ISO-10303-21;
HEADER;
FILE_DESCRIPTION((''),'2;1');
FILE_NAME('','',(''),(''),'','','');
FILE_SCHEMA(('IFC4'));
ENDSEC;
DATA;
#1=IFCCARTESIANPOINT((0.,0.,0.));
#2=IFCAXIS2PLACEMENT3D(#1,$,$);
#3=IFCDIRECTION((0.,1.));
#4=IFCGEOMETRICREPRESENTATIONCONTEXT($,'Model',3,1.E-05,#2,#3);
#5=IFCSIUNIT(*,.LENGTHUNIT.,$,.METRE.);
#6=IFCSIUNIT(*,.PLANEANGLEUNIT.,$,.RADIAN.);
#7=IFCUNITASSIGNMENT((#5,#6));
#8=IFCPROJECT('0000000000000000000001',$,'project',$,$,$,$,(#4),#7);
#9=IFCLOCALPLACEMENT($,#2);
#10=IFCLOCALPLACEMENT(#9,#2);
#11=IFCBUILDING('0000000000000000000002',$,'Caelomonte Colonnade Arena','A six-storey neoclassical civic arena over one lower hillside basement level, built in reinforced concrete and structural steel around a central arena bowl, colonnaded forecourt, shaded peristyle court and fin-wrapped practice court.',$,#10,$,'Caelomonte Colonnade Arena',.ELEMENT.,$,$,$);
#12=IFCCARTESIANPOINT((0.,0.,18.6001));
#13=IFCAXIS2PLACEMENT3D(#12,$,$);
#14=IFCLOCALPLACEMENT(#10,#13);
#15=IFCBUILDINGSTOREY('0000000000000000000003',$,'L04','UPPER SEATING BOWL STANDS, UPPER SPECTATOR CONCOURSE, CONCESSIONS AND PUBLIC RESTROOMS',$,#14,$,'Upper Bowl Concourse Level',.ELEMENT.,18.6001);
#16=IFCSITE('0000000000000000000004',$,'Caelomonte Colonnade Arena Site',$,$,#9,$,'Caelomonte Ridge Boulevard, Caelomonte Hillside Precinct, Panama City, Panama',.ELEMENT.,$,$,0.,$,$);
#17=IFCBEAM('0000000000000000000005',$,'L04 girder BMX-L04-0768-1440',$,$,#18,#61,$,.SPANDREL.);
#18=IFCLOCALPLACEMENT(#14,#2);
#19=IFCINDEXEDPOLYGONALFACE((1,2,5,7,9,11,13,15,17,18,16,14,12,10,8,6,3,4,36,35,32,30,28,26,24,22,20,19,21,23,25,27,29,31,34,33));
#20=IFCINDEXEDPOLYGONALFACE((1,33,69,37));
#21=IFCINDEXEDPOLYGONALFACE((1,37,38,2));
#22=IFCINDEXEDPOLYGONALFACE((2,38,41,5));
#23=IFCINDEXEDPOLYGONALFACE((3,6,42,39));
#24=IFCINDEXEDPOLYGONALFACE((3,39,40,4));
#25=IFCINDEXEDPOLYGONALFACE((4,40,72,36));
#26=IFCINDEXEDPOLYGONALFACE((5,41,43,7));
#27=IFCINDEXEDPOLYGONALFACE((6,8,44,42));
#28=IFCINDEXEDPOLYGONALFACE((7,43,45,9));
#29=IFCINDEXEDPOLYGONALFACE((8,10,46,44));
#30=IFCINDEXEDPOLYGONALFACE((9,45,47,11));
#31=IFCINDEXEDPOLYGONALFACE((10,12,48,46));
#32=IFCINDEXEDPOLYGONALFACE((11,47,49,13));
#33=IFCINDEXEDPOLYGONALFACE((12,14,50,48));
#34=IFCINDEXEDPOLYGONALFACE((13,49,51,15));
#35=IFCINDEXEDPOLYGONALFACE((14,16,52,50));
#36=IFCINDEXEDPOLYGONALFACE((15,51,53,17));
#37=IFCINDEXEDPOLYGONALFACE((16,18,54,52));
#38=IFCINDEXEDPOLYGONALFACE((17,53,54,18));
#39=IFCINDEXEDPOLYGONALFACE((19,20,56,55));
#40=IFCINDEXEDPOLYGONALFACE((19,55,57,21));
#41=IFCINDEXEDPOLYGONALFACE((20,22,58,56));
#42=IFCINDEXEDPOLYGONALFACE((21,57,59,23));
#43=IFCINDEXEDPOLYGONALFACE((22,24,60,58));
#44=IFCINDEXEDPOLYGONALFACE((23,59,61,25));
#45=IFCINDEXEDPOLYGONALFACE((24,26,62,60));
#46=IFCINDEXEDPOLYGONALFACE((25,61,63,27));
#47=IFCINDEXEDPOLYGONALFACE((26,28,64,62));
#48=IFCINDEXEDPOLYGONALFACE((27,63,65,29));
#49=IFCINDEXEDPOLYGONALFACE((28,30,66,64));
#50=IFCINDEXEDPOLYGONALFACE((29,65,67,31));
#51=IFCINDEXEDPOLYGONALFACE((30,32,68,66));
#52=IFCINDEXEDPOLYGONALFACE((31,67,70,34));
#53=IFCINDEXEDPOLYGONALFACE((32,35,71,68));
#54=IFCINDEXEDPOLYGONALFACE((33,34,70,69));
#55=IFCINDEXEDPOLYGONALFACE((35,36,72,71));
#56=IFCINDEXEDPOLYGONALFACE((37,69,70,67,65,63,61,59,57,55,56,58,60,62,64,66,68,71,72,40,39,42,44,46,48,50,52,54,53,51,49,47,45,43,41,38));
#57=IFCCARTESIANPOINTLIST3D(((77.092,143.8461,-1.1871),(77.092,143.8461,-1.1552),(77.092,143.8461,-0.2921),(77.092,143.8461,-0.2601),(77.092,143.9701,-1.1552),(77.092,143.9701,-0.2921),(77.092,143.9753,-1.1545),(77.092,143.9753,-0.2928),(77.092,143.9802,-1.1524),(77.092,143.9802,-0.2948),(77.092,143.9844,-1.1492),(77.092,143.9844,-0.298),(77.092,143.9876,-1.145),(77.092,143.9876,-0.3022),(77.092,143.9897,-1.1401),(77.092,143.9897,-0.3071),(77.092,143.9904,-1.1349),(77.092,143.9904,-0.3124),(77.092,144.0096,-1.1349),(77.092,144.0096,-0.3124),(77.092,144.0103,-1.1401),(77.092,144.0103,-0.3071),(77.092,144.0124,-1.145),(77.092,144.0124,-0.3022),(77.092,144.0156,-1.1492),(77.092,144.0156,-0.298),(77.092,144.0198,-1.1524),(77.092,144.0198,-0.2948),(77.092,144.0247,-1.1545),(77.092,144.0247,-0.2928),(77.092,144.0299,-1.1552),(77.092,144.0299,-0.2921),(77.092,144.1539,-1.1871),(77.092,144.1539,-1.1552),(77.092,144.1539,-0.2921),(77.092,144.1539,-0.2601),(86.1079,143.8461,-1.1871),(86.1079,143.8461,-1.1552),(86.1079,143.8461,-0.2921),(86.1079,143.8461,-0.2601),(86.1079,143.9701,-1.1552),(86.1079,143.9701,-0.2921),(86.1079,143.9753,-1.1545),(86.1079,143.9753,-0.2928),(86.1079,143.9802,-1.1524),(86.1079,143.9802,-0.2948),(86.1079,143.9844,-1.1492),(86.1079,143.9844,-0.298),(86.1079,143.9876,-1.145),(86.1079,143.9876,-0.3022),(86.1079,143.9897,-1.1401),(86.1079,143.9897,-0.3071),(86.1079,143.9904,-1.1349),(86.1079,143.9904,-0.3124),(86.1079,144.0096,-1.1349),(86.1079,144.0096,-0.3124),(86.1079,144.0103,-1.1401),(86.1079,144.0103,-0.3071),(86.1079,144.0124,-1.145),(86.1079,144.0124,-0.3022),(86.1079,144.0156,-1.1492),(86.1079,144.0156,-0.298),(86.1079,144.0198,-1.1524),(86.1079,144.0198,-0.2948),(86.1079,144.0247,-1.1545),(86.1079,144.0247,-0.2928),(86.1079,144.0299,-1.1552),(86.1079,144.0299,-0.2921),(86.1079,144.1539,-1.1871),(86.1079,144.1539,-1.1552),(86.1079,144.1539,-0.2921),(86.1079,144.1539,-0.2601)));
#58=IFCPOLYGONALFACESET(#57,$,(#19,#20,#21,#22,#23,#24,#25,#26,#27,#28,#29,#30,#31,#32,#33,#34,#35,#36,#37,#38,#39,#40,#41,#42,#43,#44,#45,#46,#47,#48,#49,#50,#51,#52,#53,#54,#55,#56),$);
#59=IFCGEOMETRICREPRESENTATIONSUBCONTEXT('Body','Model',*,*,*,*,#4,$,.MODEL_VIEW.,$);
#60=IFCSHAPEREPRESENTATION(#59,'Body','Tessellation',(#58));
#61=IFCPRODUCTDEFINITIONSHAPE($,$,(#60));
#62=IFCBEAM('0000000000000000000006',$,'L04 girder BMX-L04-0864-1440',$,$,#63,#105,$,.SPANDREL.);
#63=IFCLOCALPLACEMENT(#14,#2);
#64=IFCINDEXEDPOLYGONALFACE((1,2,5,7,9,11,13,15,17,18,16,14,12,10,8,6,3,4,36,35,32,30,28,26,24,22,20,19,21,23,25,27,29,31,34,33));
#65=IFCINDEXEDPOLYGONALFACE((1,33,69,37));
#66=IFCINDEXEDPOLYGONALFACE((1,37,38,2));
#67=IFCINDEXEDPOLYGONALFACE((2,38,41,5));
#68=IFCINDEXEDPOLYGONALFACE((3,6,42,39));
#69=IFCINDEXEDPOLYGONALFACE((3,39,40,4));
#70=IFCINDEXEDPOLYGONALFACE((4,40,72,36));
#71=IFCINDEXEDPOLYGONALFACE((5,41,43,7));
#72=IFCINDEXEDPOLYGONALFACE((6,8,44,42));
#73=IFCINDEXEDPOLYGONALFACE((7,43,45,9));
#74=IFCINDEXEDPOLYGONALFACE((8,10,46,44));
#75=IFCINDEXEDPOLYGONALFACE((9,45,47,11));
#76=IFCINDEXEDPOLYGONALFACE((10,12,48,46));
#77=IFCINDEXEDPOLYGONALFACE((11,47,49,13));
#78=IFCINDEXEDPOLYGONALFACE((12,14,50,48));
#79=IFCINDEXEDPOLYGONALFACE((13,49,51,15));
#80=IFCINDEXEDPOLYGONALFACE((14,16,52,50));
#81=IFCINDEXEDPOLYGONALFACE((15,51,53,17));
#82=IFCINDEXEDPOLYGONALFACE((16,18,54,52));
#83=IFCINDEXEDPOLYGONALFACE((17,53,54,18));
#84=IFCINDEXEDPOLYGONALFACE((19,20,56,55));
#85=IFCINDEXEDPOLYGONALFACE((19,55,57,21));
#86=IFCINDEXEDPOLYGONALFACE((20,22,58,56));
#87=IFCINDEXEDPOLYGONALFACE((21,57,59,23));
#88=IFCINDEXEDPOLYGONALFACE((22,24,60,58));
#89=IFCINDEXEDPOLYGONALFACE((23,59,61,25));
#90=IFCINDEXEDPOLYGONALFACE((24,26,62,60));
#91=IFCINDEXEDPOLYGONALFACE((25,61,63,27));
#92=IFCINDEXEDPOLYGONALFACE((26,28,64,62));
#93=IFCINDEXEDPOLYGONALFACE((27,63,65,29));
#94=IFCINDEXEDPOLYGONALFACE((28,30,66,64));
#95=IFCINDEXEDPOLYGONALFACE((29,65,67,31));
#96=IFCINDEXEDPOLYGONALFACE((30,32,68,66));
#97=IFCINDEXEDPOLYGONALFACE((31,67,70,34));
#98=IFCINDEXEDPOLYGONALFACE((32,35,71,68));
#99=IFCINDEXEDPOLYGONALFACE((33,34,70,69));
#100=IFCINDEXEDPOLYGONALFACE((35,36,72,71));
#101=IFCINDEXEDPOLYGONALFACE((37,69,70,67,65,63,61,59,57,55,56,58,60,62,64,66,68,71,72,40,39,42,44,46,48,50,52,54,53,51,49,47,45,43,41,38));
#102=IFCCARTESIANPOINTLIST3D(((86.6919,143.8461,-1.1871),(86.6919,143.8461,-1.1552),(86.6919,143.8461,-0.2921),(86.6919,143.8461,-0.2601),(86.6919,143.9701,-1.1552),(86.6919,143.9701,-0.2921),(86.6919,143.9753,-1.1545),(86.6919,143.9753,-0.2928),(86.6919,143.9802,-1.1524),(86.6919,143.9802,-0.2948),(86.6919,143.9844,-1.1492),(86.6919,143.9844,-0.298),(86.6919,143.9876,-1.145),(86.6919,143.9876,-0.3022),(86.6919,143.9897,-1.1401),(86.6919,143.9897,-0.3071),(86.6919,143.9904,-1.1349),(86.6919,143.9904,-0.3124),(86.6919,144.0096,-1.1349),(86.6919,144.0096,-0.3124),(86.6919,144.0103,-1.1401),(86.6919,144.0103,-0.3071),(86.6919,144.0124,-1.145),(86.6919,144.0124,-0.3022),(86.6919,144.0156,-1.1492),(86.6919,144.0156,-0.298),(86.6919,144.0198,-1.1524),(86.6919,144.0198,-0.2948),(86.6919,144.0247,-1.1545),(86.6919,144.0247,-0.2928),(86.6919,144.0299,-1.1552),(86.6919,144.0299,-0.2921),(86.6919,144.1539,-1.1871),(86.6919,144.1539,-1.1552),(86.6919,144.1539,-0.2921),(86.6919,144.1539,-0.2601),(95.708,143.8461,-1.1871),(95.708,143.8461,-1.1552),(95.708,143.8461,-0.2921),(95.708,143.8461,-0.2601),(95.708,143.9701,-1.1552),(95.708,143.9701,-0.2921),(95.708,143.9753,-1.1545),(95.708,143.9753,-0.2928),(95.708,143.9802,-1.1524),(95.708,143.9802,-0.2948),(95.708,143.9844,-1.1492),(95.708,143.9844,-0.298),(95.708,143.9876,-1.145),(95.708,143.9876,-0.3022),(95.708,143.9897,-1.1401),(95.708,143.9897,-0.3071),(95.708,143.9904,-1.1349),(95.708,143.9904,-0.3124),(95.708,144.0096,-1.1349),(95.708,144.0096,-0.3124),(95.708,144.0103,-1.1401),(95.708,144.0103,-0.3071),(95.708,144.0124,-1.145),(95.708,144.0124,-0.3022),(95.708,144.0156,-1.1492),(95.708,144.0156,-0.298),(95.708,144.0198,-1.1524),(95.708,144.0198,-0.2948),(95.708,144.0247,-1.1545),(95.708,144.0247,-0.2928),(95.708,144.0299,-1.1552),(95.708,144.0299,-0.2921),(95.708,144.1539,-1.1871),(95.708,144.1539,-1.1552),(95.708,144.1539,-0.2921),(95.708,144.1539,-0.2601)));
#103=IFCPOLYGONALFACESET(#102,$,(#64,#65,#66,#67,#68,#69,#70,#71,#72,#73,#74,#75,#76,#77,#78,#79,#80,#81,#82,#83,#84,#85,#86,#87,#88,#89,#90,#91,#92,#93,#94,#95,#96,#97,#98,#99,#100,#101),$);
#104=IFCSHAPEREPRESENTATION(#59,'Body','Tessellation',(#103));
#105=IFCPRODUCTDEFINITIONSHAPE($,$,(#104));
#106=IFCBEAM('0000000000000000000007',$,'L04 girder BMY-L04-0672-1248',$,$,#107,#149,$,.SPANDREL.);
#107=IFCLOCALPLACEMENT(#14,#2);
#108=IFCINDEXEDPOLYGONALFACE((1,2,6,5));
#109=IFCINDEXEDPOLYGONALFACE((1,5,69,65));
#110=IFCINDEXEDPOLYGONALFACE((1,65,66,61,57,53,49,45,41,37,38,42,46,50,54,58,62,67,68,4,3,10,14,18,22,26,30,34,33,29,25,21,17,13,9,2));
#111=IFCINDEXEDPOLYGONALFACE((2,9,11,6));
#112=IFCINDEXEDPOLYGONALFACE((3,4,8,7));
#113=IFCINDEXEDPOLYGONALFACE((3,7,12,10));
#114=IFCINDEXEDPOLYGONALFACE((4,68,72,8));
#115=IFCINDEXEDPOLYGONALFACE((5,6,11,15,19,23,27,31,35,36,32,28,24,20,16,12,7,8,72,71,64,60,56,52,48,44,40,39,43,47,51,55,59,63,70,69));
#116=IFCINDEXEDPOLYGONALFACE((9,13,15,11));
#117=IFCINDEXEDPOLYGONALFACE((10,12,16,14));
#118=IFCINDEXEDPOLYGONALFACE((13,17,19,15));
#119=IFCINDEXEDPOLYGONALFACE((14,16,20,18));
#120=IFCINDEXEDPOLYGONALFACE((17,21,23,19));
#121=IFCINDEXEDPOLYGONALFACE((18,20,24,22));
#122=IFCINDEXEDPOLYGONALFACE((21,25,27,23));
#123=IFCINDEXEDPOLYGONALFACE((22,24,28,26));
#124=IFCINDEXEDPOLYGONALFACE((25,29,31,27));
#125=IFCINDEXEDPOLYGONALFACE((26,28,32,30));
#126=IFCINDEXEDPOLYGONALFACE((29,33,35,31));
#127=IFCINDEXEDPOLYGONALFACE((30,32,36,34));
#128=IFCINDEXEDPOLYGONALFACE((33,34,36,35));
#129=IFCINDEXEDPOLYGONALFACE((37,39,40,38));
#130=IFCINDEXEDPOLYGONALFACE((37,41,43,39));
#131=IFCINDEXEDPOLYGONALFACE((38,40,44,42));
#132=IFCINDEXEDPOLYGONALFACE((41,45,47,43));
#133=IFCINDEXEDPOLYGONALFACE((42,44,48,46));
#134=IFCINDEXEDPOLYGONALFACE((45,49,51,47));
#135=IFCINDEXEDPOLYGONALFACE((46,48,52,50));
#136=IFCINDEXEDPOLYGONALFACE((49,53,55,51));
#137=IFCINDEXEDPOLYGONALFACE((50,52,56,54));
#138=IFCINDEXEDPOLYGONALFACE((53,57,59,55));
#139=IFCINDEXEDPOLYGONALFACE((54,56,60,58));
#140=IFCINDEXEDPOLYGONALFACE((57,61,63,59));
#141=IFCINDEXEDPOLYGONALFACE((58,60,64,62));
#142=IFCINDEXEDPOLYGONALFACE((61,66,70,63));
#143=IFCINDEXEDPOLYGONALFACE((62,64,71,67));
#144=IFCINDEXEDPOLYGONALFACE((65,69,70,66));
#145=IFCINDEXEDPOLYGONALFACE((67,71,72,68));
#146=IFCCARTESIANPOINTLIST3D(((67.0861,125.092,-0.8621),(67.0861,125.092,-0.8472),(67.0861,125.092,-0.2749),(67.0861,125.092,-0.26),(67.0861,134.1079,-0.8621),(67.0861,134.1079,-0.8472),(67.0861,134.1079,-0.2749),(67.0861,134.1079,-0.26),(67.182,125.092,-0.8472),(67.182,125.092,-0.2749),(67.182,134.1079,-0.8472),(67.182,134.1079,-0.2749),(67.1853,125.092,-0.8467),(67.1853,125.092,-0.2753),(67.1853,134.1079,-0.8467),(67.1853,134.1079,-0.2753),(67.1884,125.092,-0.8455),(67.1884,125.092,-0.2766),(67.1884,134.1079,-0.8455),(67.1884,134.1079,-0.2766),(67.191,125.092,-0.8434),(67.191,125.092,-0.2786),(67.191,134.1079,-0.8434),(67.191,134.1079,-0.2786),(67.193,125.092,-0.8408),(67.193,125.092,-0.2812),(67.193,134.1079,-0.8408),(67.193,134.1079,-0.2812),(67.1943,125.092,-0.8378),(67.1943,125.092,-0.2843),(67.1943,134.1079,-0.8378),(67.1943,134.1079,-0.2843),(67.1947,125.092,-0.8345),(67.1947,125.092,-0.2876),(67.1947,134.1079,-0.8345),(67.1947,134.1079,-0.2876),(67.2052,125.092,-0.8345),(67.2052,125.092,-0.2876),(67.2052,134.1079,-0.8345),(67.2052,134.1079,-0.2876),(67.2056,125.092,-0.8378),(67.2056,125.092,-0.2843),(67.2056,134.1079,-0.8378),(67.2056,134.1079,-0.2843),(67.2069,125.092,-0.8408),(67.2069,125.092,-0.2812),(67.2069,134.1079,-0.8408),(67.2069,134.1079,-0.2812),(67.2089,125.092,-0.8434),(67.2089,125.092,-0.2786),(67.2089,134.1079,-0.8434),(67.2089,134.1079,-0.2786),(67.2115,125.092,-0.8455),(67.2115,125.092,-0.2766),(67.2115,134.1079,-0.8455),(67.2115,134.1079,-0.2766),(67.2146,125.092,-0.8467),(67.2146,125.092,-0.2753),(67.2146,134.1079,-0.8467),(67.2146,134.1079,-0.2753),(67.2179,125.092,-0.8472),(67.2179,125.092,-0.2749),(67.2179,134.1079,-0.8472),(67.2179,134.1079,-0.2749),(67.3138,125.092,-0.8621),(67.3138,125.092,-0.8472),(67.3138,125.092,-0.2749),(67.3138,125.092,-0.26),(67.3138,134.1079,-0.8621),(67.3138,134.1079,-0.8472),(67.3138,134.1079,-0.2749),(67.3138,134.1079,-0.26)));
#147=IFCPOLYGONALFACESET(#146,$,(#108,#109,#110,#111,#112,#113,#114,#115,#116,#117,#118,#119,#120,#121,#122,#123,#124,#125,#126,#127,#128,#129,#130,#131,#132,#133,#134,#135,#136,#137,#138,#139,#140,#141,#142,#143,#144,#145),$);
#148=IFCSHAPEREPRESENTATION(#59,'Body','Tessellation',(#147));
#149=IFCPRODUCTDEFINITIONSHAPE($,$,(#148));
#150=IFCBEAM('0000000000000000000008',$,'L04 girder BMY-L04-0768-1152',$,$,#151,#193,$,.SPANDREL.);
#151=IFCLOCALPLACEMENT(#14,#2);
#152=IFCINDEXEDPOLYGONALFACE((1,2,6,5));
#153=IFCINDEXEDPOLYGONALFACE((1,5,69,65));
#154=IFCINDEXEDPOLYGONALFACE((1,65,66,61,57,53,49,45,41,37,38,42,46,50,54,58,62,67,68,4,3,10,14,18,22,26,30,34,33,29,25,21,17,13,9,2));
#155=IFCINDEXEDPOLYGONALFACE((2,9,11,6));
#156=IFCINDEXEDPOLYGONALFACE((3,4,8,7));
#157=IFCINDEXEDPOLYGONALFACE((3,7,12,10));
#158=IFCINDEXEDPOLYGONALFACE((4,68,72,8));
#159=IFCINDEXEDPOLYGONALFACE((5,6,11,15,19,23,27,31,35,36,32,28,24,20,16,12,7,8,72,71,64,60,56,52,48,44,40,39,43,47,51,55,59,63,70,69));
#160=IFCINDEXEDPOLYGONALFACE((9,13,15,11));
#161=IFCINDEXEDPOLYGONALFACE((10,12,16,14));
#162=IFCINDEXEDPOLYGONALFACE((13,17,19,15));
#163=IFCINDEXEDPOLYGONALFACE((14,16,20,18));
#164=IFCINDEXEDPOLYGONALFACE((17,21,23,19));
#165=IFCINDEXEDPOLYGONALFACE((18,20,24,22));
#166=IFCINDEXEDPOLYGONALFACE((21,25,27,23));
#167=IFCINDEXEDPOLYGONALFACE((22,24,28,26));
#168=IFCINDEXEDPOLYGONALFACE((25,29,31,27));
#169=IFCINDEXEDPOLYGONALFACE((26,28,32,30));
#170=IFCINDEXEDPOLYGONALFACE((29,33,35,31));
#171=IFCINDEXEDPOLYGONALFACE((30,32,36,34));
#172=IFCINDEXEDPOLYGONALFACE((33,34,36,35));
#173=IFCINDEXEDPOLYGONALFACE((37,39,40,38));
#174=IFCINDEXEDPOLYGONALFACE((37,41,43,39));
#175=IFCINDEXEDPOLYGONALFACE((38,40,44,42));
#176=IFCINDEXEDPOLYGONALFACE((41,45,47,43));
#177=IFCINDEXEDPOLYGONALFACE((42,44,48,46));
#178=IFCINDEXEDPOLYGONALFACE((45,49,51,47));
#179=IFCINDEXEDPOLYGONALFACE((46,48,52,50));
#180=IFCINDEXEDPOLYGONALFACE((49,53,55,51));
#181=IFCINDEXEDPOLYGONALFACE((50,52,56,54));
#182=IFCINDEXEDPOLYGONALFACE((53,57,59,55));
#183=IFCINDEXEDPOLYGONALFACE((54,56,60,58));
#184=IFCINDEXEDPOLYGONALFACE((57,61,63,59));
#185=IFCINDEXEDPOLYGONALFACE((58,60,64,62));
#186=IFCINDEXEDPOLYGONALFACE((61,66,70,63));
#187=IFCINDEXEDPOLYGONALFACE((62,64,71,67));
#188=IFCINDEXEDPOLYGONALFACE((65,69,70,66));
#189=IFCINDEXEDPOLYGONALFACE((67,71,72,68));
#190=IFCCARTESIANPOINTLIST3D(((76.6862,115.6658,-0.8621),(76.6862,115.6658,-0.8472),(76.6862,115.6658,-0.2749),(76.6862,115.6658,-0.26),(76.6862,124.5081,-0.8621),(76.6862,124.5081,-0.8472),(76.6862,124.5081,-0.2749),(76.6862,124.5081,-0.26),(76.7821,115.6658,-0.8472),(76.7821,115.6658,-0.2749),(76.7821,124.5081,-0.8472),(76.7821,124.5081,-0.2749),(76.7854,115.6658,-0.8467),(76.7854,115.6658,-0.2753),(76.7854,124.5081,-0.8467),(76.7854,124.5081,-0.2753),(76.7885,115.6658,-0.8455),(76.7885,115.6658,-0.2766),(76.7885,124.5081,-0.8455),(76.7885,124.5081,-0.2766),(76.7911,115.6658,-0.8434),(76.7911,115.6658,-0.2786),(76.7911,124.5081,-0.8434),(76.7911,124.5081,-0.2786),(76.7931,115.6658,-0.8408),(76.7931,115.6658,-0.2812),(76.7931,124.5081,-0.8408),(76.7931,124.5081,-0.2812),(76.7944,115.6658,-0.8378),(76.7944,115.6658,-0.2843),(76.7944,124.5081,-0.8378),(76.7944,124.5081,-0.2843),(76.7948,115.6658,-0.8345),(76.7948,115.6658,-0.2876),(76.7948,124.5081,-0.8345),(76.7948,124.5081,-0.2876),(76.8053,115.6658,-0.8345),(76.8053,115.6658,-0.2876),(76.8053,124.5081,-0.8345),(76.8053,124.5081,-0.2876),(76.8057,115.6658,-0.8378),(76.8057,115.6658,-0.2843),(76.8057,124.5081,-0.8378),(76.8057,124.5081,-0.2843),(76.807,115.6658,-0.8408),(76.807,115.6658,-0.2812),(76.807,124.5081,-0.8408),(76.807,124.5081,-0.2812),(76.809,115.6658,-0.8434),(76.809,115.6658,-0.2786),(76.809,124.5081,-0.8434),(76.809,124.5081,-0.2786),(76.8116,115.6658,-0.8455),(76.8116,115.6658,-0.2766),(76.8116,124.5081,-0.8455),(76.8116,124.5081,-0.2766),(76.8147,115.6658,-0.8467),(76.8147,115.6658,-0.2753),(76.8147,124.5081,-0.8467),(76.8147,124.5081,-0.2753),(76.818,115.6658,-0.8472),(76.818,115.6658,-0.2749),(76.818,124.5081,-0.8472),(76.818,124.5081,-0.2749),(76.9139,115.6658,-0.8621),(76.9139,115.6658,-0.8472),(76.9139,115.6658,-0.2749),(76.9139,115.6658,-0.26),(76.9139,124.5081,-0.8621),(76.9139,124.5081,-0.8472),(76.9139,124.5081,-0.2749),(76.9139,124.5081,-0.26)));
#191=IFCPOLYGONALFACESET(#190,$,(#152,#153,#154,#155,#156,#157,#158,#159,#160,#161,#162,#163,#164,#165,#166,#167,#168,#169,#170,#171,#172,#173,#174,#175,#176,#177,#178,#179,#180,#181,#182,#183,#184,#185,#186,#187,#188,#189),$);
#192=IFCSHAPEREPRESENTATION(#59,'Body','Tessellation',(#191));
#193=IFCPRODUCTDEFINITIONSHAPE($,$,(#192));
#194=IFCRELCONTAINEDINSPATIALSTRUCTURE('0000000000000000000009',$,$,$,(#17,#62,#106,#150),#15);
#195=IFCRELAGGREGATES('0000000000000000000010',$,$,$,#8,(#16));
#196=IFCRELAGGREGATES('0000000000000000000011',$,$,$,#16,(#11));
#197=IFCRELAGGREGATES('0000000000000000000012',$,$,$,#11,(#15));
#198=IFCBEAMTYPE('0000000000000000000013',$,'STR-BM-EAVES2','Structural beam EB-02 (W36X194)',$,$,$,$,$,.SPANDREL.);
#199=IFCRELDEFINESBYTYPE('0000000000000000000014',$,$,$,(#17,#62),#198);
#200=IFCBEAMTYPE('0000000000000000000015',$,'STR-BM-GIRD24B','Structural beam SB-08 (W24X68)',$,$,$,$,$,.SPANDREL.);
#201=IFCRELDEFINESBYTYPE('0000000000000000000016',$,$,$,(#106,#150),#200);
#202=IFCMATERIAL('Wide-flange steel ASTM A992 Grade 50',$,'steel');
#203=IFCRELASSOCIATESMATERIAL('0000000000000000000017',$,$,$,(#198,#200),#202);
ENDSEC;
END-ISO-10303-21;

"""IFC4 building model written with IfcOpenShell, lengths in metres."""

from ifc_helpers import new_model, si_unit, direction, frame, origin, origin_2d, place, context, subcontext, project, spatial, i_section, extrude, material, material_profile, profile_set, type_object, element, save


model = new_model("IFC4")

# Units and contexts
model_context = context("Model", 3, precision=1e-05, world=origin(), true_north=direction((0.0, 1.0)))
body_context = subcontext(model_context, "Body", "Model", "MODEL_VIEW")
ifc_project = project(units=[si_unit("LENGTHUNIT", "METRE"), si_unit("PLANEANGLEUNIT", "RADIAN")], contexts=[model_context])

# Site, building, storey
site_placement = place(None, origin())
site = spatial("IfcSite", under=ifc_project, at=site_placement, Name="Caelomonte Colonnade Arena Site", LongName="Caelomonte Ridge Boulevard, Caelomonte Hillside Precinct, Panama City, Panama", CompositionType="ELEMENT", RefElevation=0.0)
building_placement = place(site_placement, origin())
building = spatial("IfcBuilding", under=site, at=building_placement, Name="Caelomonte Colonnade Arena", Description="A six-storey neoclassical civic arena over one lower hillside basement level, built in reinforced concrete and structural steel around a central arena bowl, colonnaded forecourt, shaded peristyle court and fin-wrapped practice court.", LongName="Caelomonte Colonnade Arena", CompositionType="ELEMENT")
storey_placement = place(building_placement, frame((0.0, 0.0, 18.6001)))
storey = spatial("IfcBuildingStorey", under=building, at=storey_placement, Name="L04", Description="UPPER SEATING BOWL STANDS, UPPER SPECTATOR CONCOURSE, CONCESSIONS AND PUBLIC RESTROOMS", LongName="Upper Bowl Concourse Level", CompositionType="ELEMENT", Elevation=18.6001)

# Beams
ifc_material_1 = material(Name="Wide-flange steel ASTM A992 Grade 50", Category="steel")
ifc_material_profile_1 = material_profile(ifc_material_1, i_section(OverallWidth=0.3079, OverallDepth=0.927, WebThickness=0.0193, FlangeThickness=0.032, FilletRadius=0.0203, at=origin_2d()), Name="W36X194")
ifc_profile_set_1 = profile_set([ifc_material_profile_1], Name="Wide-flange steel ASTM A992 Grade 50")
beam_type_1 = type_object("IfcBeamType", Name="STR-BM-EAVES2", Description="Structural beam EB-02 (W36X194)", PredefinedType="SPANDREL", material=ifc_profile_set_1)
beam_1_placement = place(storey_placement, frame((77.092, 144.0, -0.7236), z_axis=(1.0, 0.0, 0.0), x_axis=(0.0, 1.0, 0.0)))
element("IfcBeam", 1, at=beam_1_placement, inside=storey, type_object=beam_type_1, Name="L04 girder BMX-L04-0768-1440", PredefinedType="SPANDREL", context=body_context, shape_type="SweptSolid", body=[
    extrude(i_section(OverallWidth=0.3079, OverallDepth=0.927, WebThickness=0.0193, FlangeThickness=0.032, FilletRadius=0.0203, at=origin_2d()), origin(), (0.0, 0.0, 1.0), 9.0159),
])
beam_2_placement = place(storey_placement, frame((86.6919, 144.0, -0.7236), z_axis=(1.0, 0.0, 0.0), x_axis=(0.0, 1.0, 0.0)))
element("IfcBeam", 2, at=beam_2_placement, inside=storey, type_object=beam_type_1, Name="L04 girder BMX-L04-0864-1440", PredefinedType="SPANDREL", context=body_context, shape_type="SweptSolid", body=[
    extrude(i_section(OverallWidth=0.3079, OverallDepth=0.927, WebThickness=0.0193, FlangeThickness=0.032, FilletRadius=0.0203, at=origin_2d()), origin(), (0.0, 0.0, 1.0), 9.0161),
])
ifc_material_profile_2 = material_profile(ifc_material_1, i_section(OverallWidth=0.2278, OverallDepth=0.6021, WebThickness=0.0105, FlangeThickness=0.0149, FilletRadius=0.0127, at=origin_2d()), Name="W24X68")
ifc_profile_set_2 = profile_set([ifc_material_profile_2], Name="Wide-flange steel ASTM A992 Grade 50")
beam_type_2 = type_object("IfcBeamType", Name="STR-BM-GIRD24B", Description="Structural beam SB-08 (W24X68)", PredefinedType="SPANDREL", material=ifc_profile_set_2)
beam_3_placement = place(storey_placement, frame((67.2, 125.092, -0.561), z_axis=(0.0, 1.0, 0.0), x_axis=(-1.0, 0.0, 0.0)))
element("IfcBeam", 3, at=beam_3_placement, inside=storey, type_object=beam_type_2, Name="L04 girder BMY-L04-0672-1248", PredefinedType="SPANDREL", context=body_context, shape_type="SweptSolid", body=[
    extrude(i_section(OverallWidth=0.2278, OverallDepth=0.6021, WebThickness=0.0105, FlangeThickness=0.0149, FilletRadius=0.0127, at=origin_2d()), origin(), (0.0, 0.0, 1.0), 9.0159),
])
beam_4_placement = place(storey_placement, frame((76.8, 115.6658, -0.561), z_axis=(0.0, 1.0, 0.0), x_axis=(-1.0, 0.0, 0.0)))
element("IfcBeam", 4, at=beam_4_placement, inside=storey, type_object=beam_type_2, Name="L04 girder BMY-L04-0768-1152", PredefinedType="SPANDREL", context=body_context, shape_type="SweptSolid", body=[
    extrude(i_section(OverallWidth=0.2278, OverallDepth=0.6021, WebThickness=0.0105, FlangeThickness=0.0149, FilletRadius=0.0127, at=origin_2d()), origin(), (0.0, 0.0, 1.0), 8.8423),
])

save(model, "model.ifc")
